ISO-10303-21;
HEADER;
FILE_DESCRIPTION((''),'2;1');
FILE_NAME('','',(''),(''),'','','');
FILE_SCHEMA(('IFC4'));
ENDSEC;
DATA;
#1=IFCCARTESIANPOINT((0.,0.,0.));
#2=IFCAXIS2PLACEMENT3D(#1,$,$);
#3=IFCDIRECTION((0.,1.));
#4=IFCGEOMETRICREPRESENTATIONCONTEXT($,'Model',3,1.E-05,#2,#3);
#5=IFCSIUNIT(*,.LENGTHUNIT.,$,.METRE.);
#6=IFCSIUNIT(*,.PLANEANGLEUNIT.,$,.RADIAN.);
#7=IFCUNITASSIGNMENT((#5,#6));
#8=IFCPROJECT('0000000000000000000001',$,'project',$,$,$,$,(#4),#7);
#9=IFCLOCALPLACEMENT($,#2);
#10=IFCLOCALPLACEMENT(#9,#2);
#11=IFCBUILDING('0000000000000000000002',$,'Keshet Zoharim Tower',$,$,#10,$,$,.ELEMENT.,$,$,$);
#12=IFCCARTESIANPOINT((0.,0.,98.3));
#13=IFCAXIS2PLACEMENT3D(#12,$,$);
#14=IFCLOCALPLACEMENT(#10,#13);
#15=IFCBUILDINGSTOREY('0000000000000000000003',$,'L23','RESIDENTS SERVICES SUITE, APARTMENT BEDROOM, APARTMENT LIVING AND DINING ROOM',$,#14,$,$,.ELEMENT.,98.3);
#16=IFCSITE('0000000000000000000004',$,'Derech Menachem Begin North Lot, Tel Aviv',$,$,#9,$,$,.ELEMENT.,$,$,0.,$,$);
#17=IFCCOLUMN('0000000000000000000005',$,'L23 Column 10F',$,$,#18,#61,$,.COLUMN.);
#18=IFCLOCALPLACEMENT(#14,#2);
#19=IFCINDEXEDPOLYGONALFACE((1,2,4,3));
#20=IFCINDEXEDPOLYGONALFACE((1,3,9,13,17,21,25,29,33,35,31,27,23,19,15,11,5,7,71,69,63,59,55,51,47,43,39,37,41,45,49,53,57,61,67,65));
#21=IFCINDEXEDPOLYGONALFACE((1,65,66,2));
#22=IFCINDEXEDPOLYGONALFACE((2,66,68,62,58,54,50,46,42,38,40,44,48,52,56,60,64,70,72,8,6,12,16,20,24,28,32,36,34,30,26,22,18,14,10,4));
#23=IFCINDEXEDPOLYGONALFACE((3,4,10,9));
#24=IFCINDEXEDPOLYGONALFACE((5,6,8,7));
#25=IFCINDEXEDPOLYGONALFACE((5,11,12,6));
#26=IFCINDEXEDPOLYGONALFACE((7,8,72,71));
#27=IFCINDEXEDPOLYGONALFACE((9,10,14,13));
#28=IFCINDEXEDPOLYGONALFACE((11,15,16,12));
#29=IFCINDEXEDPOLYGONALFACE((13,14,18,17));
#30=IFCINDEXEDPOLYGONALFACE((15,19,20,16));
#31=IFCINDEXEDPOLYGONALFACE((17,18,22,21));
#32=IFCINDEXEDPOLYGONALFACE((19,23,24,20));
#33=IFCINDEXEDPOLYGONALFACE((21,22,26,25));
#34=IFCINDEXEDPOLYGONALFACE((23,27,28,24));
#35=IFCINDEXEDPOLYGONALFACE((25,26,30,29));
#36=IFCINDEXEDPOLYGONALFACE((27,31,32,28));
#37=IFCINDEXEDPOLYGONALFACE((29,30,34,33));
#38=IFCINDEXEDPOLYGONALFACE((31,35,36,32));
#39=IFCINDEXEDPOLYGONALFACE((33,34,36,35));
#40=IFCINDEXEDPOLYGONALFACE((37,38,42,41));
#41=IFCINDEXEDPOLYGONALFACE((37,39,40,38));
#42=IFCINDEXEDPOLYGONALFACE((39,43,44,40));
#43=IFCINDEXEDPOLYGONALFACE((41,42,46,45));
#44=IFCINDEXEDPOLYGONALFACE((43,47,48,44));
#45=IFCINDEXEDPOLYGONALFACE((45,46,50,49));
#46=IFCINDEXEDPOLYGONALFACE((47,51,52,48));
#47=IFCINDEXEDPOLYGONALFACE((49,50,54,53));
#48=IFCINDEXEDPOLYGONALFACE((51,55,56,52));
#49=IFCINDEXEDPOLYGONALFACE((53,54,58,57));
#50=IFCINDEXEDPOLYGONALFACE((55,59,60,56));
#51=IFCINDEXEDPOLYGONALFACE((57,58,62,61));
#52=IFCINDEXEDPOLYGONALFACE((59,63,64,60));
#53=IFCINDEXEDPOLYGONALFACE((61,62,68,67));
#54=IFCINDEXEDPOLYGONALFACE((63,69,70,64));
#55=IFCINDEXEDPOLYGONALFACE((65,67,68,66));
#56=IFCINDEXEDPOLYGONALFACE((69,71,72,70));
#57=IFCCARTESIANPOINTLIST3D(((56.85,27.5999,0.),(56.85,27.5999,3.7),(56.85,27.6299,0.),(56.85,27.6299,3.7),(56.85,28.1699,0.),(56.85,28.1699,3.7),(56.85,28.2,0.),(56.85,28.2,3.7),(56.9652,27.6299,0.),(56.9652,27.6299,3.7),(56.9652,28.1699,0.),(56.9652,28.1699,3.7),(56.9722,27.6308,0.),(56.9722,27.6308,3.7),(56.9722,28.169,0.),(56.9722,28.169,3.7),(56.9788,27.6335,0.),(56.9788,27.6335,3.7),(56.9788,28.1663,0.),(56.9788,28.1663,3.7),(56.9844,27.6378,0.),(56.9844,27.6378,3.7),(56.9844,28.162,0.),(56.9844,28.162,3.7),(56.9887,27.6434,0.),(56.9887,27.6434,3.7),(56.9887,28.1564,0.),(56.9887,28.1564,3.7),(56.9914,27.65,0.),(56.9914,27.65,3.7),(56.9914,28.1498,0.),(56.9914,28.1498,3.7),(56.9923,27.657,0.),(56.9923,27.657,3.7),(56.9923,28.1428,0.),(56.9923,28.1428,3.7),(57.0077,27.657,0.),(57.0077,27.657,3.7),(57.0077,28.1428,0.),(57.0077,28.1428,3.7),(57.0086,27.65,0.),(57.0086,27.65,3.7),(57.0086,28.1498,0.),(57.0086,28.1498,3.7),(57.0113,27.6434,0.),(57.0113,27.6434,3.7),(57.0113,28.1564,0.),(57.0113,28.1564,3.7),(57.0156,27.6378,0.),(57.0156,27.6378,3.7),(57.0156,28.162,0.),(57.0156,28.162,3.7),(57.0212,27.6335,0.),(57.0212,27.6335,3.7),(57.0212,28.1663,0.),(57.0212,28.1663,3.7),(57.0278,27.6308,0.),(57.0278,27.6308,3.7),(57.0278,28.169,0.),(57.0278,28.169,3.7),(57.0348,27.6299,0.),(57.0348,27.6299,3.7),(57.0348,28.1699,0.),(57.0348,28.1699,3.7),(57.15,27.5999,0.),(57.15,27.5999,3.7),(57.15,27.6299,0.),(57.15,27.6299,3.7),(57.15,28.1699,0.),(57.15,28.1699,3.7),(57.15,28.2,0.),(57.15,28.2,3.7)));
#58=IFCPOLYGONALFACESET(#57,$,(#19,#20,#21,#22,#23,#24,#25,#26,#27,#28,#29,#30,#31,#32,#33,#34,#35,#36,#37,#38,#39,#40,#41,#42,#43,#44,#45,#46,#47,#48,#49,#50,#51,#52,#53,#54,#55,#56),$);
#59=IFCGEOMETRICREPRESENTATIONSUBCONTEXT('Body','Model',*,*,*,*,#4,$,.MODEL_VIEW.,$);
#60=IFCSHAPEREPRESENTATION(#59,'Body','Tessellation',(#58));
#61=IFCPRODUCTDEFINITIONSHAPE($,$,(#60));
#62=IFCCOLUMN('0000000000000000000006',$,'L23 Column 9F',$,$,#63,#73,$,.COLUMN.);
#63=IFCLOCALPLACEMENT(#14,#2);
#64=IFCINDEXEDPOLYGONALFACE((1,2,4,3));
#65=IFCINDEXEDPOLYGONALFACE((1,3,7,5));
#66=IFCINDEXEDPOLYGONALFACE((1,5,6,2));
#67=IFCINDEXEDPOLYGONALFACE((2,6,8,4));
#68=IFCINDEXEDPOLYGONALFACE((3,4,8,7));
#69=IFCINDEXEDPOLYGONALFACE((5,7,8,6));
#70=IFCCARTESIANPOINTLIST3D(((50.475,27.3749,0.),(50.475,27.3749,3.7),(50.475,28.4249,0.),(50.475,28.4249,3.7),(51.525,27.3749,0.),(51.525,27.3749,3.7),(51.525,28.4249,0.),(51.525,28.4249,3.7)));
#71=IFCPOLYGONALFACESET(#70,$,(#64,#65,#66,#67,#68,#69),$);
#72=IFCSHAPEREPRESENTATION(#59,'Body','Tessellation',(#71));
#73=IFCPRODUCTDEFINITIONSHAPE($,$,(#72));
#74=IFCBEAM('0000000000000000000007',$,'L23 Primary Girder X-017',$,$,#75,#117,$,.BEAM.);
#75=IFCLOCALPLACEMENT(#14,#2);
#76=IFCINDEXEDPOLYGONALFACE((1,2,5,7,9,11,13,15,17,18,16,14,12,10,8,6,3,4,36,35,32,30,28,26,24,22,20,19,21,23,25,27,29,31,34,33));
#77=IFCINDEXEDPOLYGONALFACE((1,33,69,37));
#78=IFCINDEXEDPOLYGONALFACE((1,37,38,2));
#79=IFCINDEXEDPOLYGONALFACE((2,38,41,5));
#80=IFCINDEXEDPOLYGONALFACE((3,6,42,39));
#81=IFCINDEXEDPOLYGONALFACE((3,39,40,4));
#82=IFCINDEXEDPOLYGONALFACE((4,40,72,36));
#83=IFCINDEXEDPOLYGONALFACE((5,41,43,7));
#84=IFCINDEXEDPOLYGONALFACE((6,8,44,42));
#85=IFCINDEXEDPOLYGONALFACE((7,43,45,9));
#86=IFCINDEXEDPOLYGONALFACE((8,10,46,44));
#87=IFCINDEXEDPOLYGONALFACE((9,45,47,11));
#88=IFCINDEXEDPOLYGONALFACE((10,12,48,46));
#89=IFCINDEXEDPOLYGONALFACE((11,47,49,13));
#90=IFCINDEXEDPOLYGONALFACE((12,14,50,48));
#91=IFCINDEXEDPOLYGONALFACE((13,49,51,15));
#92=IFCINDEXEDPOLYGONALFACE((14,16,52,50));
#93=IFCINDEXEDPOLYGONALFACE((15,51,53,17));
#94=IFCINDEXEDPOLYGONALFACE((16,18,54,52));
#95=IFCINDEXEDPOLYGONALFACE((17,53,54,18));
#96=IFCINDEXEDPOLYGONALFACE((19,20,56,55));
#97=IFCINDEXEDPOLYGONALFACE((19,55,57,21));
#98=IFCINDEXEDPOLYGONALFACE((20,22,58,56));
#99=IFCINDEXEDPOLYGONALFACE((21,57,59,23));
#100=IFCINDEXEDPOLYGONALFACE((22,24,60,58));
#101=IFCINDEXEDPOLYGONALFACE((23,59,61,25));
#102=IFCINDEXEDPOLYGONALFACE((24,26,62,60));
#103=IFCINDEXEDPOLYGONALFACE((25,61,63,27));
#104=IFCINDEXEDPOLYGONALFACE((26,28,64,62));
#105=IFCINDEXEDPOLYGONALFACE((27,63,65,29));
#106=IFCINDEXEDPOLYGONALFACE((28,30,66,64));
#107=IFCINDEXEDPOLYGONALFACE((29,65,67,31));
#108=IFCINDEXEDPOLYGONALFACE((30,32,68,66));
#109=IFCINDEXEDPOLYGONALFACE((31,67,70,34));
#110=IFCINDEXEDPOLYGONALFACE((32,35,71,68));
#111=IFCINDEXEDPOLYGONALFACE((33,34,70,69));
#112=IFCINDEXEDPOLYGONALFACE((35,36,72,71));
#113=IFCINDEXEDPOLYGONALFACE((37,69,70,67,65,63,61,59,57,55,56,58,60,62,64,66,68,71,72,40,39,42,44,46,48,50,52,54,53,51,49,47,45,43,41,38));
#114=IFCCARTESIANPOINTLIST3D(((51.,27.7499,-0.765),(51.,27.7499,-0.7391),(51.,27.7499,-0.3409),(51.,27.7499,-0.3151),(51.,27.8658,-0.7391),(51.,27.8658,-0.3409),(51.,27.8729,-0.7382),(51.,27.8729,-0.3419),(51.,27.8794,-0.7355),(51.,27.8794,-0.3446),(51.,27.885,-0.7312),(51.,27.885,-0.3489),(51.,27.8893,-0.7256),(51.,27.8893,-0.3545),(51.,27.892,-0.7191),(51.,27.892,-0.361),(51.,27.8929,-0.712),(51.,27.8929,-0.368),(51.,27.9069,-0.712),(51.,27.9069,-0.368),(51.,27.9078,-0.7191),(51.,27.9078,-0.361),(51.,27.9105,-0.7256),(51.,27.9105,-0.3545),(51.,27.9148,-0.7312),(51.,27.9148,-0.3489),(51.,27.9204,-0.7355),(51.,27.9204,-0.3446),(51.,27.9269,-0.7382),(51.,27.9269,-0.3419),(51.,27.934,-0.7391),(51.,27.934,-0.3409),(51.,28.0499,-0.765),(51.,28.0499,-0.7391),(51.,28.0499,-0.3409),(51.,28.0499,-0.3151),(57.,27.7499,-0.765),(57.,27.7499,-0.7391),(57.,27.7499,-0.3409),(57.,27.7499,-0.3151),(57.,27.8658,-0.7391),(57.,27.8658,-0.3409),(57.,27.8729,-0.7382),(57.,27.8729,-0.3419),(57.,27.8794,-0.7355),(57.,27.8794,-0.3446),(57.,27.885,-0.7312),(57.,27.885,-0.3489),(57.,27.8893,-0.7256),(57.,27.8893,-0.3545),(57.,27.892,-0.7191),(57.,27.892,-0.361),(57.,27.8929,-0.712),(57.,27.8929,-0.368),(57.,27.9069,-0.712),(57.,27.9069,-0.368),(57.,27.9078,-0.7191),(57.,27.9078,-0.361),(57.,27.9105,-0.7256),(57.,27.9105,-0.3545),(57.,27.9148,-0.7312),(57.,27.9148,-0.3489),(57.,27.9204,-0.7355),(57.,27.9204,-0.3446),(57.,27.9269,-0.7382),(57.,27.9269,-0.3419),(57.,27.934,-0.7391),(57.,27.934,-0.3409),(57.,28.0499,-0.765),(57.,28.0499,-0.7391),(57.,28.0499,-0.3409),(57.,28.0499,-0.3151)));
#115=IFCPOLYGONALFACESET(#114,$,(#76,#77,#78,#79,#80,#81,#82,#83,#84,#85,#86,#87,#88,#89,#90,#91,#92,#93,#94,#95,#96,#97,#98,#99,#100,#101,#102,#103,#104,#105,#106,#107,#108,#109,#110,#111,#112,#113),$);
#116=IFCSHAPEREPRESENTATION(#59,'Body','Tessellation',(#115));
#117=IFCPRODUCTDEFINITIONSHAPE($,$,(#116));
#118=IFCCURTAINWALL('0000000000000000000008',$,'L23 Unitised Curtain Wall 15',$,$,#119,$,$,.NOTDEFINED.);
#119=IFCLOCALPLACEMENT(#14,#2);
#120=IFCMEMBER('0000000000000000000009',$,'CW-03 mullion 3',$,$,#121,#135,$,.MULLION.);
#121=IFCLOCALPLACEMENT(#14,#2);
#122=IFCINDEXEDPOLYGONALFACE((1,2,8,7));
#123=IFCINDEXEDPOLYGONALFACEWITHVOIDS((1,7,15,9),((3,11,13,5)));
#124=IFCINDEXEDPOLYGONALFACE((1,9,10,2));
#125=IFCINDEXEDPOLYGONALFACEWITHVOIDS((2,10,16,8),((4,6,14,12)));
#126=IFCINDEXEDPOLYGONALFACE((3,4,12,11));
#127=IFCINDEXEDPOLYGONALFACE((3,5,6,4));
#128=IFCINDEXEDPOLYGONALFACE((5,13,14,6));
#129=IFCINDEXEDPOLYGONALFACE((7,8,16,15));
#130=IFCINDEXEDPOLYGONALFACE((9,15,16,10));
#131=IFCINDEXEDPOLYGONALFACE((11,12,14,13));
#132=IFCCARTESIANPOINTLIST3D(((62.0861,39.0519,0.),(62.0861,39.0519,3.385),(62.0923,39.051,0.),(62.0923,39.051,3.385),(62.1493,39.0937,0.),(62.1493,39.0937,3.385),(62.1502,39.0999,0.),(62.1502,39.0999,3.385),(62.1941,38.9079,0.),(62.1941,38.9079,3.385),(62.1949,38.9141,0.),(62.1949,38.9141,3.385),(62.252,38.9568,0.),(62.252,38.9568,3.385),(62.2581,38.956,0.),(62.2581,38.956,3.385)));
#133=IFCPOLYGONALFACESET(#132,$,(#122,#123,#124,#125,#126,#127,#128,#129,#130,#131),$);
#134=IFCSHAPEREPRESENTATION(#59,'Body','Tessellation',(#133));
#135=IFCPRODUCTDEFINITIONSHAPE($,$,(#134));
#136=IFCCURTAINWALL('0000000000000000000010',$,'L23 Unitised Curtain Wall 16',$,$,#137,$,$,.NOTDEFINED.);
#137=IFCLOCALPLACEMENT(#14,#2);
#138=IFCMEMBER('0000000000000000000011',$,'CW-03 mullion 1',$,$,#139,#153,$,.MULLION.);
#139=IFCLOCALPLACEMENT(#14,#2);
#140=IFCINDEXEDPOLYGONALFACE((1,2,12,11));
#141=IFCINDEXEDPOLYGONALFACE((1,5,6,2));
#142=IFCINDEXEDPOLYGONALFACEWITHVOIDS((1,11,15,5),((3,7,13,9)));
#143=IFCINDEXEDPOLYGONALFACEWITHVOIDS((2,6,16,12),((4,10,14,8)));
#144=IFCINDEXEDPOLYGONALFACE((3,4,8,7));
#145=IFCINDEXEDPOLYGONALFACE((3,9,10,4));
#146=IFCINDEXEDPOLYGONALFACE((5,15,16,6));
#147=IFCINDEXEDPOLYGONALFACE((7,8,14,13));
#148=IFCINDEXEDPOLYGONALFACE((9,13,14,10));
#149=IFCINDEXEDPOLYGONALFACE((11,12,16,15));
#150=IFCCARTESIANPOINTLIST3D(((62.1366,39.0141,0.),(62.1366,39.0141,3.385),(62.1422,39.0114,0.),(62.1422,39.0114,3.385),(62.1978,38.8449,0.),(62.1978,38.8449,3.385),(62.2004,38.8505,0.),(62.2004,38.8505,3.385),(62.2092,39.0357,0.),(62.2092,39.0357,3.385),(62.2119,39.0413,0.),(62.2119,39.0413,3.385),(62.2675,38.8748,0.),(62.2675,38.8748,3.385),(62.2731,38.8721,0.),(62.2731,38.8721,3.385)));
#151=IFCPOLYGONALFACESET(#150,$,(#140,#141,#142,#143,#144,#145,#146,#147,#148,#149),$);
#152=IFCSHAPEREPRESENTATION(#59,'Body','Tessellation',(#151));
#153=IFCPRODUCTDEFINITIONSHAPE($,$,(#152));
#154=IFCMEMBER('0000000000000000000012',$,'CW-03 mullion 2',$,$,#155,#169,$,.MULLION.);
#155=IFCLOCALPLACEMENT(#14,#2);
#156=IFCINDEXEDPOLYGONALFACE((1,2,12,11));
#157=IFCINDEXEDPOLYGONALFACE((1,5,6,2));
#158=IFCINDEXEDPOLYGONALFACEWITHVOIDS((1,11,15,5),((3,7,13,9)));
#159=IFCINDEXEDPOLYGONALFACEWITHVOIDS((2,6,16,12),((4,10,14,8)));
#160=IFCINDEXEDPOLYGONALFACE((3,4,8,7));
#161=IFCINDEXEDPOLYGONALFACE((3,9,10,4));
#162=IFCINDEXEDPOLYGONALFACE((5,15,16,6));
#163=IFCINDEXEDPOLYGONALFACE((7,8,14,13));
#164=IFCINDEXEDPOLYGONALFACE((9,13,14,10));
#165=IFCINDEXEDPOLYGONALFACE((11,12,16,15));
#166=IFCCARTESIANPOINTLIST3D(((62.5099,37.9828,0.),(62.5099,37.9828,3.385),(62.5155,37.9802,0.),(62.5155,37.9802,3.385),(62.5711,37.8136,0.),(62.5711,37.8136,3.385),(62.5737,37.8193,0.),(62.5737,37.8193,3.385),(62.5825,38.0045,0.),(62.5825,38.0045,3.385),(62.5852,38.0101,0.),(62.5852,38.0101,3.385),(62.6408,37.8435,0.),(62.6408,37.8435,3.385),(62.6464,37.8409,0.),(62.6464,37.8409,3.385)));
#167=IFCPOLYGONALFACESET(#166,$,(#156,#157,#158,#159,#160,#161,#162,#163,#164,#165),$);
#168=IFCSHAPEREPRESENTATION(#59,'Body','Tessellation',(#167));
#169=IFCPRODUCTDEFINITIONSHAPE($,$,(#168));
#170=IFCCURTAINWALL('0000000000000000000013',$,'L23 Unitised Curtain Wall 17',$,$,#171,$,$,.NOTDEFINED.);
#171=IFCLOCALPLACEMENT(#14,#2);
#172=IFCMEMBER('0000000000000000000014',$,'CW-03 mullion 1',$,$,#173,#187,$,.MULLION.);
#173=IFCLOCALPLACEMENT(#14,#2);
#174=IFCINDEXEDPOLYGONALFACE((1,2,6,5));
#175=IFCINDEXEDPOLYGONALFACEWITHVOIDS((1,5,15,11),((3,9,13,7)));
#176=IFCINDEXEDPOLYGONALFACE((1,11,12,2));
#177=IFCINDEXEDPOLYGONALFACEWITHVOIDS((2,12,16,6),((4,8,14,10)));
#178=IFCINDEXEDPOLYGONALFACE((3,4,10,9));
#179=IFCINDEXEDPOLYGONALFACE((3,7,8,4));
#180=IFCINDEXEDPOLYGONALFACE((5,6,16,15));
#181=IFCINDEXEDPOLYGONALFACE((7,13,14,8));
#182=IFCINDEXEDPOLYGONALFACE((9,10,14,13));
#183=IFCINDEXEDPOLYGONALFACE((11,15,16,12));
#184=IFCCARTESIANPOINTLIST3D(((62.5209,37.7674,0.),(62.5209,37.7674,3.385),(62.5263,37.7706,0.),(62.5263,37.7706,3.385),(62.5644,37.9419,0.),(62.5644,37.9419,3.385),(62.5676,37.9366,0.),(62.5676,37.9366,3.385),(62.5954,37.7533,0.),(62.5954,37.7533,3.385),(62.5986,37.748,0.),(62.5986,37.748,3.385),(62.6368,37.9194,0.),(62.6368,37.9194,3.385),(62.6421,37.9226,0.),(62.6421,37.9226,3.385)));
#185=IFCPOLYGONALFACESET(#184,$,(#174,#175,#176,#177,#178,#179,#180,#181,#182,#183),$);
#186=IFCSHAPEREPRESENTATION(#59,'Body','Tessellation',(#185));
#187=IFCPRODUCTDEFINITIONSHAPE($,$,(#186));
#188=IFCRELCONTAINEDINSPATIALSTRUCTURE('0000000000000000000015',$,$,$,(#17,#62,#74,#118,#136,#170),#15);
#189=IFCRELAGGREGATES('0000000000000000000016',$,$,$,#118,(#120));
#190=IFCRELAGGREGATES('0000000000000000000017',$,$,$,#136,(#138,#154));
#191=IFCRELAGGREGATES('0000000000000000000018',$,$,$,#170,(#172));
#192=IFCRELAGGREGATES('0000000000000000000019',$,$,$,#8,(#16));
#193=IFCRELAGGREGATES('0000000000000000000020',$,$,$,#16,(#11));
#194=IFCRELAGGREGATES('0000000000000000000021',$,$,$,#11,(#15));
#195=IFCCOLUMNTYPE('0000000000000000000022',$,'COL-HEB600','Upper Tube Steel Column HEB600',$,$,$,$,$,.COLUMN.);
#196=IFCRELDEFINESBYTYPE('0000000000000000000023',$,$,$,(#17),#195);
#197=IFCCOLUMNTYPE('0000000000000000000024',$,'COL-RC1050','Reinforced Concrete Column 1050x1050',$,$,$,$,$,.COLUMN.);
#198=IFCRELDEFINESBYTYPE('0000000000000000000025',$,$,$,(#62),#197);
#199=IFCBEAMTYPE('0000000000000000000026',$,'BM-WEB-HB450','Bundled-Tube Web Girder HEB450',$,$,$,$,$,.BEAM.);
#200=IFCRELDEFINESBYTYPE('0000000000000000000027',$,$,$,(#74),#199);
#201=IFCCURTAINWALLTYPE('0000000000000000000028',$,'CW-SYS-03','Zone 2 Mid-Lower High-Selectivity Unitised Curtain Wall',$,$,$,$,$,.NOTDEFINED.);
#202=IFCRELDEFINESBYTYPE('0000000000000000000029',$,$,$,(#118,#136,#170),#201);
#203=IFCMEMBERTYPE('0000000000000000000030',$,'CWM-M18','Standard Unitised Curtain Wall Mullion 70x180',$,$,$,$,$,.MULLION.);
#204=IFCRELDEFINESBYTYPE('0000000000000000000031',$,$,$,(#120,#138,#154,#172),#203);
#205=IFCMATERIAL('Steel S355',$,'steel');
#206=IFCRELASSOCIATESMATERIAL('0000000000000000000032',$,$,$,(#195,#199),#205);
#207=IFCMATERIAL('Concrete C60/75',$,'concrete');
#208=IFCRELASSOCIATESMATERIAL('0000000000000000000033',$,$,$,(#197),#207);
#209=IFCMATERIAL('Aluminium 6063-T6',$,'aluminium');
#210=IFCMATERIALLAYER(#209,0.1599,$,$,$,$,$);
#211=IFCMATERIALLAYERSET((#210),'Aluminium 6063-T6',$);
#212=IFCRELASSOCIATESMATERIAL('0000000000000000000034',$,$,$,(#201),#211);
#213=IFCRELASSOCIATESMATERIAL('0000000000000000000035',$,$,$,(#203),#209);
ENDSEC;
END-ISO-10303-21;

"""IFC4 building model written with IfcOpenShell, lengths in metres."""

from ifc_helpers import new_model, si_unit, direction, frame, origin, origin_2d, place, context, subcontext, project, spatial, rectangle, hollow_rectangle, i_section, extrude, material, layer, layer_set, material_profile, profile_set, type_object, element, aggregate, save


model = new_model("IFC4")

# Units and contexts
model_context = context("Model", 3, precision=1e-05, world=origin(), true_north=direction((0.0, 1.0)))
body_context = subcontext(model_context, "Body", "Model", "MODEL_VIEW")
ifc_project = project(units=[si_unit("LENGTHUNIT", "METRE"), si_unit("PLANEANGLEUNIT", "RADIAN")], contexts=[model_context])

# Site, building, storey
site_placement = place(None, origin())
site = spatial("IfcSite", under=ifc_project, at=site_placement, Name="Derech Menachem Begin North Lot, Tel Aviv", CompositionType="ELEMENT", RefElevation=0.0)
building_placement = place(site_placement, origin())
building = spatial("IfcBuilding", under=site, at=building_placement, Name="Keshet Zoharim Tower", CompositionType="ELEMENT")
storey_placement = place(building_placement, frame((0.0, 0.0, 98.3)))
storey = spatial("IfcBuildingStorey", under=building, at=storey_placement, Name="L23", Description="RESIDENTS SERVICES SUITE, APARTMENT BEDROOM, APARTMENT LIVING AND DINING ROOM", CompositionType="ELEMENT", Elevation=98.3)

# Columns
ifc_material_1 = material(Name="Steel S355", Category="steel")
ifc_material_profile_1 = material_profile(ifc_material_1, i_section(OverallWidth=0.3, OverallDepth=0.6001, WebThickness=0.0154, FlangeThickness=0.03, FilletRadius=0.0271, at=origin_2d()), Name="HEB600")
ifc_profile_set_1 = profile_set([ifc_material_profile_1], Name="Steel S355")
column_type_1 = type_object("IfcColumnType", Name="COL-HEB600", Description="Upper Tube Steel Column HEB600", PredefinedType="COLUMN", material=ifc_profile_set_1)
column_1_placement = place(storey_placement, frame((57.0, 27.8999, 0.0), z_axis=(0.0, 0.0, 1.0), x_axis=(1.0, 0.0, 0.0)))
element("IfcColumn", 1, at=column_1_placement, inside=storey, type_object=column_type_1, Name="L23 Column 10F", PredefinedType="COLUMN", context=body_context, shape_type="SweptSolid", body=[
    extrude(i_section(OverallWidth=0.3, OverallDepth=0.6001, WebThickness=0.0154, FlangeThickness=0.03, FilletRadius=0.0271, at=origin_2d()), origin(), (0.0, 0.0, 1.0), 3.7),
])
ifc_material_2 = material(Name="Concrete C60/75", Category="concrete")
ifc_material_profile_2 = material_profile(ifc_material_2, rectangle(XDim=1.05, YDim=1.05, at=origin_2d()), Name="RC1050x1050")
ifc_profile_set_2 = profile_set([ifc_material_profile_2], Name="Concrete C60/75")
column_type_2 = type_object("IfcColumnType", Name="COL-RC1050", Description="Reinforced Concrete Column 1050x1050", PredefinedType="COLUMN", material=ifc_profile_set_2)
column_2_placement = place(storey_placement, frame((51.0, 27.8999, 0.0), z_axis=(0.0, 0.0, 1.0), x_axis=(1.0, 0.0, 0.0)))
element("IfcColumn", 2, at=column_2_placement, inside=storey, type_object=column_type_2, Name="L23 Column 9F", PredefinedType="COLUMN", context=body_context, shape_type="SweptSolid", body=[
    extrude(rectangle(XDim=1.05, YDim=1.05, at=origin_2d()), origin(), (0.0, 0.0, 1.0), 3.7),
])

# Beam
ifc_material_profile_3 = material_profile(ifc_material_1, i_section(OverallWidth=0.3, OverallDepth=0.45, WebThickness=0.0139, FlangeThickness=0.0259, FilletRadius=0.0271, at=origin_2d()), Name="HEB450")
ifc_profile_set_3 = profile_set([ifc_material_profile_3], Name="Steel S355")
beam_type = type_object("IfcBeamType", Name="BM-WEB-HB450", Description="Bundled-Tube Web Girder HEB450", PredefinedType="BEAM", material=ifc_profile_set_3)
beam_placement = place(storey_placement, frame((51.0, 27.8999, -0.54), z_axis=(1.0, 0.0, 0.0), x_axis=(0.0, 1.0, 0.0)))
element("IfcBeam", 3, at=beam_placement, inside=storey, type_object=beam_type, Name="L23 Primary Girder X-017", PredefinedType="BEAM", context=body_context, shape_type="SweptSolid", body=[
    extrude(i_section(OverallWidth=0.3, OverallDepth=0.45, WebThickness=0.0139, FlangeThickness=0.0259, FilletRadius=0.0271, at=origin_2d()), origin(), (0.0, 0.0, 1.0), 6.0),
])

# Curtain wall, member
ifc_material_3 = material(Name="Aluminium 6063-T6", Category="aluminium")
ifc_layer_1 = layer(ifc_material_3, 0.1599)
ifc_layer_set_1 = layer_set([ifc_layer_1], Name="Aluminium 6063-T6")
curtain_wall_type = type_object("IfcCurtainWallType", Name="CW-SYS-03", Description="Zone 2 Mid-Lower High-Selectivity Unitised Curtain Wall", PredefinedType="NOTDEFINED", material=ifc_layer_set_1)
curtain_wall_1_placement = place(storey_placement, origin())
curtain_wall_1 = element("IfcCurtainWall", 4, at=curtain_wall_1_placement, inside=storey, type_object=curtain_wall_type, Name="L23 Unitised Curtain Wall 15", PredefinedType="NOTDEFINED")
ifc_material_profile_4 = material_profile(ifc_material_3, hollow_rectangle(XDim=0.0801, YDim=0.1799, WallThickness=0.0044, at=origin_2d()), Name="MUL-80x180")
ifc_profile_set_4 = profile_set([ifc_material_profile_4], Name="Aluminium 6063-T6")
member_type_1 = type_object("IfcMemberType", Name="CWM-M18", Description="Standard Unitised Curtain Wall Mullion 70x180", PredefinedType="MULLION", material=ifc_profile_set_4)
member_1_placement = place(storey_placement, frame((62.1721, 39.0039, 0.0), z_axis=(0.0, 0.0, 1.0), x_axis=(0.8, 0.6, 0.0)))
member_1 = element("IfcMember", 5, at=member_1_placement, type_object=member_type_1, Name="CW-03 mullion 3", PredefinedType="MULLION", context=body_context, shape_type="SweptSolid", body=[
    extrude(hollow_rectangle(XDim=0.0801, YDim=0.1799, WallThickness=0.0044, at=origin_2d()), origin(), (0.0, 0.0, 1.0), 3.385),
])
aggregate(curtain_wall_1, [member_1])

# Curtain walls, members
curtain_wall_2_placement = place(storey_placement, origin())
curtain_wall_2 = element("IfcCurtainWall", 6, at=curtain_wall_2_placement, inside=storey, type_object=curtain_wall_type, Name="L23 Unitised Curtain Wall 16", PredefinedType="NOTDEFINED")
member_2_placement = place(storey_placement, frame((62.2048, 38.9431, 0.0), z_axis=(0.0, 0.0, 1.0), x_axis=(0.940318, 0.340297, 0.0)))
member_2 = element("IfcMember", 7, at=member_2_placement, type_object=member_type_1, Name="CW-03 mullion 1", PredefinedType="MULLION", context=body_context, shape_type="SweptSolid", body=[
    extrude(hollow_rectangle(XDim=0.0801, YDim=0.1799, WallThickness=0.0044, at=origin_2d()), origin(), (0.0, 0.0, 1.0), 3.385),
])
member_3_placement = place(storey_placement, frame((62.5781, 37.9119, 0.0), z_axis=(0.0, 0.0, 1.0), x_axis=(0.940318, 0.340297, 0.0)))
member_3 = element("IfcMember", 8, at=member_3_placement, type_object=member_type_1, Name="CW-03 mullion 2", PredefinedType="MULLION", context=body_context, shape_type="SweptSolid", body=[
    extrude(hollow_rectangle(XDim=0.0801, YDim=0.1799, WallThickness=0.0044, at=origin_2d()), origin(), (0.0, 0.0, 1.0), 3.385),
])
curtain_wall_3_placement = place(storey_placement, origin())
curtain_wall_3 = element("IfcCurtainWall", 9, at=curtain_wall_3_placement, inside=storey, type_object=curtain_wall_type, Name="L23 Unitised Curtain Wall 17", PredefinedType="NOTDEFINED")
member_4_placement = place(storey_placement, frame((62.5815, 37.845, 0.0), z_axis=(0.0, 0.0, 1.0), x_axis=(0.970344, -0.241729, 0.0)))
member_4 = element("IfcMember", 10, at=member_4_placement, type_object=member_type_1, Name="CW-03 mullion 1", PredefinedType="MULLION", context=body_context, shape_type="SweptSolid", body=[
    extrude(hollow_rectangle(XDim=0.0801, YDim=0.1799, WallThickness=0.0044, at=origin_2d()), origin(), (0.0, 0.0, 1.0), 3.385),
])

aggregate(curtain_wall_2, [member_2, member_3])
aggregate(curtain_wall_3, [member_4])

save(model, "model.ifc")
